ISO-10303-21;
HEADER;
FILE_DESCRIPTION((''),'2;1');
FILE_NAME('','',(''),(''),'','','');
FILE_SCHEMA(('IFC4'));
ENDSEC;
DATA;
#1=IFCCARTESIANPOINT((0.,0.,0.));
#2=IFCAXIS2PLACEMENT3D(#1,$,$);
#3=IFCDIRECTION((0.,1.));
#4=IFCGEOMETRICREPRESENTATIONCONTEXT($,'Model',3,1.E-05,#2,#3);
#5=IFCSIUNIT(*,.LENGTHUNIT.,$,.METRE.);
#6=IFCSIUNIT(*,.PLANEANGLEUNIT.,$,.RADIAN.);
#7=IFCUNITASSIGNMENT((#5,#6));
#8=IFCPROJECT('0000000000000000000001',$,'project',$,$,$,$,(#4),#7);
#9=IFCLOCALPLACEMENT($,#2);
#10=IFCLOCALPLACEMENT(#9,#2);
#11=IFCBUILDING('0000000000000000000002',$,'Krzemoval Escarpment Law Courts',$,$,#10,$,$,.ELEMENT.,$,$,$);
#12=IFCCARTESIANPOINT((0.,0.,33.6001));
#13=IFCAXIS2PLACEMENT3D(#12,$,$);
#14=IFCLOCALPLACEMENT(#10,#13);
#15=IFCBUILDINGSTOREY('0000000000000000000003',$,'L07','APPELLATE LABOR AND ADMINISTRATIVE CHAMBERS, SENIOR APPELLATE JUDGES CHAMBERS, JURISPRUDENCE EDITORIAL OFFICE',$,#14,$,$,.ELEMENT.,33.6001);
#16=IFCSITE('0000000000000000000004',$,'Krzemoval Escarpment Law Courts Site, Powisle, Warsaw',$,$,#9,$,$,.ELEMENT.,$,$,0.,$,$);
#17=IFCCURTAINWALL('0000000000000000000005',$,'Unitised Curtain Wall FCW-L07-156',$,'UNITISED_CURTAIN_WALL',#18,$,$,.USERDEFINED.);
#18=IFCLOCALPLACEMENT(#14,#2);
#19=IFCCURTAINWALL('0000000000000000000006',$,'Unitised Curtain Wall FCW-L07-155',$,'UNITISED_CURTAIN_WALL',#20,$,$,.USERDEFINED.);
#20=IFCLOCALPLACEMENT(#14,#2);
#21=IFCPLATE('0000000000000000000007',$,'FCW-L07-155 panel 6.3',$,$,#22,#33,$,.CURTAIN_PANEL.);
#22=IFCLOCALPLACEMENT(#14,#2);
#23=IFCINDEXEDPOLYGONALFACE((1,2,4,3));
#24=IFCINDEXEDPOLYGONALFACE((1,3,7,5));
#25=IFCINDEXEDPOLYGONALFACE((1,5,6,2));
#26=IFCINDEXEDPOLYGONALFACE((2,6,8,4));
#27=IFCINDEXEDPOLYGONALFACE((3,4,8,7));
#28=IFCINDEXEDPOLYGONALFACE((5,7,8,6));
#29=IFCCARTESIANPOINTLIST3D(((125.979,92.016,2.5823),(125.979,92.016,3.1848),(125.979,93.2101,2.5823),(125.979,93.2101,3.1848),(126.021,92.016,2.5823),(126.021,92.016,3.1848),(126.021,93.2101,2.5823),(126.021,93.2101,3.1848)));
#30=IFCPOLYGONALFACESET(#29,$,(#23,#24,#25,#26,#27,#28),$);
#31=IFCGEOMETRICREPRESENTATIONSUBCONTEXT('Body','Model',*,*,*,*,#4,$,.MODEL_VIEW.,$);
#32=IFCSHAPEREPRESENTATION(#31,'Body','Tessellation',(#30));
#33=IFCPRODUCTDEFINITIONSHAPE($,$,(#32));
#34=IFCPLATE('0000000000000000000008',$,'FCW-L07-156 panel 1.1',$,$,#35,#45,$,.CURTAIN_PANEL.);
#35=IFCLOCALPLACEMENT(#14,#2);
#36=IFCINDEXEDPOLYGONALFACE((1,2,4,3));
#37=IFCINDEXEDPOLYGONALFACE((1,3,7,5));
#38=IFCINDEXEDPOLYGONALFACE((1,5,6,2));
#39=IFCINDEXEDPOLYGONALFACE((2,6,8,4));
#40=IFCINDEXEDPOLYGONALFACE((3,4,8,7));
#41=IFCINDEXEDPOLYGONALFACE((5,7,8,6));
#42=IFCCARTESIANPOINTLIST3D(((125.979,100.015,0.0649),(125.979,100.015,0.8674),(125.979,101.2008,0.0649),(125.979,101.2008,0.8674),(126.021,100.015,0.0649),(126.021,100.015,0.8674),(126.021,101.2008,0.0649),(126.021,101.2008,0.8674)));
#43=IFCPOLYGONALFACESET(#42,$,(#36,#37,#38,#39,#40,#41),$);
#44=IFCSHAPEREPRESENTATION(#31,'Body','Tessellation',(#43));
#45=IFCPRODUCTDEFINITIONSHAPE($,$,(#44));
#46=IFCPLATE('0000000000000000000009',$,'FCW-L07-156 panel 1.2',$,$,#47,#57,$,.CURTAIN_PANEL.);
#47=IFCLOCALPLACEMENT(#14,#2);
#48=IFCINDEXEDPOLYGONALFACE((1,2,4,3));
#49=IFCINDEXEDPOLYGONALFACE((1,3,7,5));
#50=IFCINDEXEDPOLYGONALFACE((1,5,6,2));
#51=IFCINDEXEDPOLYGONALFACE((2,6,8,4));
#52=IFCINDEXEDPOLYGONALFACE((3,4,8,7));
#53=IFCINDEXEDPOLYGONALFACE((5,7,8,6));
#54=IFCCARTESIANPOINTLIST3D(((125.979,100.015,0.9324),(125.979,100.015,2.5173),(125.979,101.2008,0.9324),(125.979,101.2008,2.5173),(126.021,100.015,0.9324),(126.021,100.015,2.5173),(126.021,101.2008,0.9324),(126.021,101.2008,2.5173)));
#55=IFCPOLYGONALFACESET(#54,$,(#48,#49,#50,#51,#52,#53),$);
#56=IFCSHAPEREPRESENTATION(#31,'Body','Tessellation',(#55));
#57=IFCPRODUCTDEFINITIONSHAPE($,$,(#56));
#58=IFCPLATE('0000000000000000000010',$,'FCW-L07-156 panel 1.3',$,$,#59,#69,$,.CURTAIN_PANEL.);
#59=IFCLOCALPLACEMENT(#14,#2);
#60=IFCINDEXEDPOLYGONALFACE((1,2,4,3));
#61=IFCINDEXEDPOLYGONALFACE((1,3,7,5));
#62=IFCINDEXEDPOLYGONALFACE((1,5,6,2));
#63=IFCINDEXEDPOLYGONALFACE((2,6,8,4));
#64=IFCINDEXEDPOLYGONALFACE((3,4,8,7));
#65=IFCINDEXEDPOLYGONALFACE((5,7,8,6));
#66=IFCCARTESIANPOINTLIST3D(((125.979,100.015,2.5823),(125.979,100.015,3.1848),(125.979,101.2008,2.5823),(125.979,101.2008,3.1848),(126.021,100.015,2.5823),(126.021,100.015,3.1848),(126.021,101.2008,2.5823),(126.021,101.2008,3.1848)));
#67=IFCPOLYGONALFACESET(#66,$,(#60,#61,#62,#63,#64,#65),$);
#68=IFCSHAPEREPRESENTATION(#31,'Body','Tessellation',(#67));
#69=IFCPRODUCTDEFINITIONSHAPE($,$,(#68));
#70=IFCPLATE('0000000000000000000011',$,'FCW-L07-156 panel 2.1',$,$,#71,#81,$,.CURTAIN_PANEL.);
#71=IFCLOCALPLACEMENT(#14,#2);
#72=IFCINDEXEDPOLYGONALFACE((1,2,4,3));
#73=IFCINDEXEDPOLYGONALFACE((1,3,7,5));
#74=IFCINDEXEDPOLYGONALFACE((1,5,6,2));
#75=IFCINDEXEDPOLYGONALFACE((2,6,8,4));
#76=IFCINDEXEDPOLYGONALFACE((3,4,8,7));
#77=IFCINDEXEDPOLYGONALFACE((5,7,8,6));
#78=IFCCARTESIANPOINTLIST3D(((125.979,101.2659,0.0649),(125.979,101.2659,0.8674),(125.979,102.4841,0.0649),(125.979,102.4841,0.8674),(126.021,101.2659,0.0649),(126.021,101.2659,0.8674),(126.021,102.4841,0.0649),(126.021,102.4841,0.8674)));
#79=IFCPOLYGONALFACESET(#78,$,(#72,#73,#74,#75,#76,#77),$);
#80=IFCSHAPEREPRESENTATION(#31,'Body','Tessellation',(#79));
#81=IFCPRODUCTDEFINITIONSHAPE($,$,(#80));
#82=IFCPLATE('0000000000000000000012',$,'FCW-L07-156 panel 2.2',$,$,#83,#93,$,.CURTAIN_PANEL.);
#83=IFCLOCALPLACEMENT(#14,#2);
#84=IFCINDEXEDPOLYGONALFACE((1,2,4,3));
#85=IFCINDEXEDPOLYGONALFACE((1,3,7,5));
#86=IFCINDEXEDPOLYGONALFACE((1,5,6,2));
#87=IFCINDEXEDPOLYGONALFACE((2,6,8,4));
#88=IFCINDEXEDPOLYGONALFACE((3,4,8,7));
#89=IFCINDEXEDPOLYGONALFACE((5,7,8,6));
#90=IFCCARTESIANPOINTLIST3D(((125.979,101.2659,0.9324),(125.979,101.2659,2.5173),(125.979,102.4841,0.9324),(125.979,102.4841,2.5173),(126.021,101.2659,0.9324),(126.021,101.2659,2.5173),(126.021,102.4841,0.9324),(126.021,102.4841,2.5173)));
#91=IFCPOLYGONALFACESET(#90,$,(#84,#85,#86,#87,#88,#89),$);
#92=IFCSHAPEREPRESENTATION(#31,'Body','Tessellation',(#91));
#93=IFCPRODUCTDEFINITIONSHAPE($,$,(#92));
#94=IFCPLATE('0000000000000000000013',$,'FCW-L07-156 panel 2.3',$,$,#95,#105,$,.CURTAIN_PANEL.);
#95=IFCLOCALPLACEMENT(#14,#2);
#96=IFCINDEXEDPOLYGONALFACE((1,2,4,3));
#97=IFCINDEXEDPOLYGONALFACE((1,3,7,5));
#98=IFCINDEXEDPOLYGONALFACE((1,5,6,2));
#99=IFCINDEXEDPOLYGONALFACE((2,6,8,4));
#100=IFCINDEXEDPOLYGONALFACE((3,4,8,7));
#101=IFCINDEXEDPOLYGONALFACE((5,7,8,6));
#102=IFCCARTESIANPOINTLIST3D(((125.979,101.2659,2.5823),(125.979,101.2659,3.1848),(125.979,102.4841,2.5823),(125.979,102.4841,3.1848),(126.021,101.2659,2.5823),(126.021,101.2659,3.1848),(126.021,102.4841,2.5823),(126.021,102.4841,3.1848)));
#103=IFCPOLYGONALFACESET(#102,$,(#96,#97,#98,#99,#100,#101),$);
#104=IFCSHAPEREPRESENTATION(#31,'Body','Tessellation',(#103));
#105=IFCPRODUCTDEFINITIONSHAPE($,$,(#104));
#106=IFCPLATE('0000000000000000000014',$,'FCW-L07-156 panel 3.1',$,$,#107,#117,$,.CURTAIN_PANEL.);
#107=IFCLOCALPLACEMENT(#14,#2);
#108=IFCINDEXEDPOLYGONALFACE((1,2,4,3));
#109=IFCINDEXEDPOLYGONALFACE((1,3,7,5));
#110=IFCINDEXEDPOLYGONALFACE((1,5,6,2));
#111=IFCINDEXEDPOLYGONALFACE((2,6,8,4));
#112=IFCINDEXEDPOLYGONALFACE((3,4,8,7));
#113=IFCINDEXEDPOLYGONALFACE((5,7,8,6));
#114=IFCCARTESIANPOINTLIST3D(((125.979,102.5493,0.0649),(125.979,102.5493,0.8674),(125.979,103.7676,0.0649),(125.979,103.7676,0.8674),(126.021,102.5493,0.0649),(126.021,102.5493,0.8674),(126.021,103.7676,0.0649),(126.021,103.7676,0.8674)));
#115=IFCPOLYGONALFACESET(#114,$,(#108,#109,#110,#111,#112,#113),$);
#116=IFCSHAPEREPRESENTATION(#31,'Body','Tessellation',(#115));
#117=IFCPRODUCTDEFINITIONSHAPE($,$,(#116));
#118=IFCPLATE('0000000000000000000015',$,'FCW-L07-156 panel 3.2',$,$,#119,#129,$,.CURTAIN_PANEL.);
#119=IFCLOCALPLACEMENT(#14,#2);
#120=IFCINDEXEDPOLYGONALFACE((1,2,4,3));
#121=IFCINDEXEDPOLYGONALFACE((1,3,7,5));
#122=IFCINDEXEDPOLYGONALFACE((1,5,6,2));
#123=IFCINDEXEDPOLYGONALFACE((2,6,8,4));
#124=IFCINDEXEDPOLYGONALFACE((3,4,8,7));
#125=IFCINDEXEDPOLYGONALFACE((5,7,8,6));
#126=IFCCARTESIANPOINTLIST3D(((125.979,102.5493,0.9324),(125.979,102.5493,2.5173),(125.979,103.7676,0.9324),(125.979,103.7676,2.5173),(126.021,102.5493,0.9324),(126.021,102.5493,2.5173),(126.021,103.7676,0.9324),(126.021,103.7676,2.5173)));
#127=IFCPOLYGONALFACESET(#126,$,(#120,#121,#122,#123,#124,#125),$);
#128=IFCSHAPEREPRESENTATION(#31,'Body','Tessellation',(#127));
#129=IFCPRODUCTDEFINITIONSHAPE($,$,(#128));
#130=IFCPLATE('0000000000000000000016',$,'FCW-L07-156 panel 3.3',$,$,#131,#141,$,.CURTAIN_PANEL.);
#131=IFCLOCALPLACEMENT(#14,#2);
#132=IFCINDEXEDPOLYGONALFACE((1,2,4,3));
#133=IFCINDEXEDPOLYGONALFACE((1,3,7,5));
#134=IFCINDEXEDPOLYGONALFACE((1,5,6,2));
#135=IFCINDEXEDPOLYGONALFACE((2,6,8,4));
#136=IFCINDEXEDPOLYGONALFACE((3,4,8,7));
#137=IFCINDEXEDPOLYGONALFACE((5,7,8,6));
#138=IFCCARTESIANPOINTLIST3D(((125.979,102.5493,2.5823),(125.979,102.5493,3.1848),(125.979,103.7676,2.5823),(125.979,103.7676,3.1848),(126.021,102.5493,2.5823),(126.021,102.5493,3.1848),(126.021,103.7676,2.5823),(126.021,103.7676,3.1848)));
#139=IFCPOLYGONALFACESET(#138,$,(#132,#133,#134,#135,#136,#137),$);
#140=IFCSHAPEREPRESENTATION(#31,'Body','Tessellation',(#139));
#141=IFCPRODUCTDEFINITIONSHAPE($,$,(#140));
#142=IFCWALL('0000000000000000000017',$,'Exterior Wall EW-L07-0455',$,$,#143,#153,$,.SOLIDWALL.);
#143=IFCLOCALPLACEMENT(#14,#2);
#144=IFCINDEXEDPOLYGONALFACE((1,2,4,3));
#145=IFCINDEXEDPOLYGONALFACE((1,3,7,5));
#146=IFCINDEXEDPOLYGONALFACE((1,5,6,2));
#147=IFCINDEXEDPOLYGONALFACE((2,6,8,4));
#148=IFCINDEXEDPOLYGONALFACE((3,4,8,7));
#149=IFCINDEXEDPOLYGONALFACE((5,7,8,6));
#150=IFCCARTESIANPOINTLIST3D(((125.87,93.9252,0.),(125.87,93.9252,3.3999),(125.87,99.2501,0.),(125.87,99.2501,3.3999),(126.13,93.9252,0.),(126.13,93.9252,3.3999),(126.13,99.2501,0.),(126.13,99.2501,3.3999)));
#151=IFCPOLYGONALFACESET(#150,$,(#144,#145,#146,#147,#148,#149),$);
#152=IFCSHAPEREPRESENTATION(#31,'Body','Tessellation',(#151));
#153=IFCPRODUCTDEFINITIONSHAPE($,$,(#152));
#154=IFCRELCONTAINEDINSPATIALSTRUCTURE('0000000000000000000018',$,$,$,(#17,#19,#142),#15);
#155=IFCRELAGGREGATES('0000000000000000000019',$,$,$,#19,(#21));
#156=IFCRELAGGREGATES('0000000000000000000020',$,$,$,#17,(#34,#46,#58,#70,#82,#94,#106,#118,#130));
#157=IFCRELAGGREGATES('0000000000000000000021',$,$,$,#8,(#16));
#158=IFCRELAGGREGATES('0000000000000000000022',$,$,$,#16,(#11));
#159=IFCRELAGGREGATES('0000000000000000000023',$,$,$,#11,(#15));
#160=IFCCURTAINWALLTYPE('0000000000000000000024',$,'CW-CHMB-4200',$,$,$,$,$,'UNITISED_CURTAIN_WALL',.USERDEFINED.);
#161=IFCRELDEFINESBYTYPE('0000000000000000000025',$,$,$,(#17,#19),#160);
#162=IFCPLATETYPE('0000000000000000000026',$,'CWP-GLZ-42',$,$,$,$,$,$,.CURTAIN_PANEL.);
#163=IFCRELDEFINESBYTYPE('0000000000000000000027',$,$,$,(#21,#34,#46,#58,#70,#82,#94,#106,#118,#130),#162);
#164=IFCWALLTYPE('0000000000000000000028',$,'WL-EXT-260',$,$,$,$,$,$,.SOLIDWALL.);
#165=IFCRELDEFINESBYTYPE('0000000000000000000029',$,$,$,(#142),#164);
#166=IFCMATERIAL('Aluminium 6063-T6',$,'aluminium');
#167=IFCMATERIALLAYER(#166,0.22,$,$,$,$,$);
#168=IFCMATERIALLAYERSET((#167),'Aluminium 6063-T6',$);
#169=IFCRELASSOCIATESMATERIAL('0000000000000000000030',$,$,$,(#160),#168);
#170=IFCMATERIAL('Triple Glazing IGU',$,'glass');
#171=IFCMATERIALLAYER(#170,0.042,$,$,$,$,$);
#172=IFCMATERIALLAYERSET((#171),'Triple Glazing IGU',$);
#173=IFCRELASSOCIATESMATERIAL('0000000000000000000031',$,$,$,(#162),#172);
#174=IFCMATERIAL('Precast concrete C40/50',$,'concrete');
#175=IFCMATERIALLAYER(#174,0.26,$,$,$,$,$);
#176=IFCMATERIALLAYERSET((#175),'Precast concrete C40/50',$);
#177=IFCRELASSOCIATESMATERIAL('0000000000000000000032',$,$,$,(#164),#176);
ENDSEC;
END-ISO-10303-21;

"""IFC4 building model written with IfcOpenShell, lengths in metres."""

from ifc_helpers import new_model, si_unit, direction, frame, frame_2d, origin, origin_2d, place, context, subcontext, project, spatial, rectangle, extrude, material, layer, layer_set, type_object, element, aggregate, save


model = new_model("IFC4")

# Units and contexts
model_context = context("Model", 3, precision=1e-05, world=origin(), true_north=direction((0.0, 1.0)))
body_context = subcontext(model_context, "Body", "Model", "MODEL_VIEW")
ifc_project = project(units=[si_unit("LENGTHUNIT", "METRE"), si_unit("PLANEANGLEUNIT", "RADIAN")], contexts=[model_context])

# Site, building, storey
site_placement = place(None, origin())
site = spatial("IfcSite", under=ifc_project, at=site_placement, Name="Krzemoval Escarpment Law Courts Site, Powisle, Warsaw", CompositionType="ELEMENT", RefElevation=0.0)
building_placement = place(site_placement, origin())
building = spatial("IfcBuilding", under=site, at=building_placement, Name="Krzemoval Escarpment Law Courts", CompositionType="ELEMENT")
storey_placement = place(building_placement, frame((0.0, 0.0, 33.6001)))
storey = spatial("IfcBuildingStorey", under=building, at=storey_placement, Name="L07", Description="APPELLATE LABOR AND ADMINISTRATIVE CHAMBERS, SENIOR APPELLATE JUDGES CHAMBERS, JURISPRUDENCE EDITORIAL OFFICE", CompositionType="ELEMENT", Elevation=33.6001)

# Curtain wall
ifc_material_1 = material(Name="Aluminium 6063-T6", Category="aluminium")
ifc_layer_1 = layer(ifc_material_1, 0.22)
ifc_layer_set_1 = layer_set([ifc_layer_1], Name="Aluminium 6063-T6")
curtain_wall_type = type_object("IfcCurtainWallType", Name="CW-CHMB-4200", ElementType="UNITISED_CURTAIN_WALL", PredefinedType="USERDEFINED", material=ifc_layer_set_1)
curtain_wall_1_placement = place(storey_placement, origin())
curtain_wall_1 = element("IfcCurtainWall", 1, at=curtain_wall_1_placement, inside=storey, type_object=curtain_wall_type, Name="Unitised Curtain Wall FCW-L07-156", ObjectType="UNITISED_CURTAIN_WALL", PredefinedType="USERDEFINED")

# Curtain wall, plate
curtain_wall_2_placement = place(storey_placement, origin())
curtain_wall_2 = element("IfcCurtainWall", 2, at=curtain_wall_2_placement, inside=storey, type_object=curtain_wall_type, Name="Unitised Curtain Wall FCW-L07-155", ObjectType="UNITISED_CURTAIN_WALL", PredefinedType="USERDEFINED")
ifc_material_2 = material(Name="Triple Glazing IGU", Category="glass")
ifc_layer_2 = layer(ifc_material_2, 0.042)
ifc_layer_set_2 = layer_set([ifc_layer_2], Name="Triple Glazing IGU")
plate_type = type_object("IfcPlateType", Name="CWP-GLZ-42", PredefinedType="CURTAIN_PANEL", material=ifc_layer_set_2)
plate_1_placement = place(storey_placement, frame((126.0, 92.613, 2.5823), z_axis=(0.0, 0.0, 1.0), x_axis=(0.0, 1.0, 0.0)))
plate_1 = element("IfcPlate", 3, at=plate_1_placement, type_object=plate_type, Name="FCW-L07-155 panel 6.3", PredefinedType="CURTAIN_PANEL", context=body_context, shape_type="SweptSolid", body=[
    extrude(rectangle(XDim=1.1941, YDim=0.042, at=origin_2d()), origin(), (0.0, 0.0, 1.0), 0.6025),
])
aggregate(curtain_wall_2, [plate_1])

# Plates
plate_2_placement = place(storey_placement, frame((126.0, 100.6079, 0.0649), z_axis=(0.0, 0.0, 1.0), x_axis=(0.0, 1.0, 0.0)))
plate_2 = element("IfcPlate", 4, at=plate_2_placement, type_object=plate_type, Name="FCW-L07-156 panel 1.1", PredefinedType="CURTAIN_PANEL", context=body_context, shape_type="SweptSolid", body=[
    extrude(rectangle(XDim=1.1858, YDim=0.042, at=origin_2d()), origin(), (0.0, 0.0, 1.0), 0.8025),
])
plate_3_placement = place(storey_placement, frame((126.0, 100.6079, 0.9324), z_axis=(0.0, 0.0, 1.0), x_axis=(0.0, 1.0, 0.0)))
plate_3 = element("IfcPlate", 5, at=plate_3_placement, type_object=plate_type, Name="FCW-L07-156 panel 1.2", PredefinedType="CURTAIN_PANEL", context=body_context, shape_type="SweptSolid", body=[
    extrude(rectangle(XDim=1.1858, YDim=0.042, at=origin_2d()), origin(), (0.0, 0.0, 1.0), 1.585),
])
plate_4_placement = place(storey_placement, frame((126.0, 100.6079, 2.5823), z_axis=(0.0, 0.0, 1.0), x_axis=(0.0, 1.0, 0.0)))
plate_4 = element("IfcPlate", 6, at=plate_4_placement, type_object=plate_type, Name="FCW-L07-156 panel 1.3", PredefinedType="CURTAIN_PANEL", context=body_context, shape_type="SweptSolid", body=[
    extrude(rectangle(XDim=1.1858, YDim=0.042, at=origin_2d()), origin(), (0.0, 0.0, 1.0), 0.6025),
])
plate_5_placement = place(storey_placement, frame((126.0, 101.875, 0.0649), z_axis=(0.0, 0.0, 1.0), x_axis=(0.0, 1.0, 0.0)))
plate_5 = element("IfcPlate", 7, at=plate_5_placement, type_object=plate_type, Name="FCW-L07-156 panel 2.1", PredefinedType="CURTAIN_PANEL", context=body_context, shape_type="SweptSolid", body=[
    extrude(rectangle(XDim=1.2183, YDim=0.042, at=origin_2d()), origin(), (0.0, 0.0, 1.0), 0.8025),
])
plate_6_placement = place(storey_placement, frame((126.0, 101.875, 0.9324), z_axis=(0.0, 0.0, 1.0), x_axis=(0.0, 1.0, 0.0)))
plate_6 = element("IfcPlate", 8, at=plate_6_placement, type_object=plate_type, Name="FCW-L07-156 panel 2.2", PredefinedType="CURTAIN_PANEL", context=body_context, shape_type="SweptSolid", body=[
    extrude(rectangle(XDim=1.2183, YDim=0.042, at=origin_2d()), origin(), (0.0, 0.0, 1.0), 1.585),
])
plate_7_placement = place(storey_placement, frame((126.0, 101.875, 2.5823), z_axis=(0.0, 0.0, 1.0), x_axis=(0.0, 1.0, 0.0)))
plate_7 = element("IfcPlate", 9, at=plate_7_placement, type_object=plate_type, Name="FCW-L07-156 panel 2.3", PredefinedType="CURTAIN_PANEL", context=body_context, shape_type="SweptSolid", body=[
    extrude(rectangle(XDim=1.2183, YDim=0.042, at=origin_2d()), origin(), (0.0, 0.0, 1.0), 0.6025),
])
plate_8_placement = place(storey_placement, frame((126.0, 103.1584, 0.0649), z_axis=(0.0, 0.0, 1.0), x_axis=(0.0, 1.0, 0.0)))
plate_8 = element("IfcPlate", 10, at=plate_8_placement, type_object=plate_type, Name="FCW-L07-156 panel 3.1", PredefinedType="CURTAIN_PANEL", context=body_context, shape_type="SweptSolid", body=[
    extrude(rectangle(XDim=1.2183, YDim=0.042, at=origin_2d()), origin(), (0.0, 0.0, 1.0), 0.8025),
])
plate_9_placement = place(storey_placement, frame((126.0, 103.1584, 0.9324), z_axis=(0.0, 0.0, 1.0), x_axis=(0.0, 1.0, 0.0)))
plate_9 = element("IfcPlate", 11, at=plate_9_placement, type_object=plate_type, Name="FCW-L07-156 panel 3.2", PredefinedType="CURTAIN_PANEL", context=body_context, shape_type="SweptSolid", body=[
    extrude(rectangle(XDim=1.2183, YDim=0.042, at=origin_2d()), origin(), (0.0, 0.0, 1.0), 1.585),
])
plate_10_placement = place(storey_placement, frame((126.0, 103.1584, 2.5823), z_axis=(0.0, 0.0, 1.0), x_axis=(0.0, 1.0, 0.0)))
plate_10 = element("IfcPlate", 12, at=plate_10_placement, type_object=plate_type, Name="FCW-L07-156 panel 3.3", PredefinedType="CURTAIN_PANEL", context=body_context, shape_type="SweptSolid", body=[
    extrude(rectangle(XDim=1.2183, YDim=0.042, at=origin_2d()), origin(), (0.0, 0.0, 1.0), 0.6025),
])
aggregate(curtain_wall_1, [plate_2, plate_3, plate_4, plate_5, plate_6, plate_7, plate_8, plate_9, plate_10])

# Wall
ifc_material_3 = material(Name="Precast concrete C40/50", Category="concrete")
ifc_layer_3 = layer(ifc_material_3, 0.26)
ifc_layer_set_3 = layer_set([ifc_layer_3], Name="Precast concrete C40/50")
wall_type = type_object("IfcWallType", Name="WL-EXT-260", PredefinedType="SOLIDWALL", material=ifc_layer_set_3)
wall_placement = place(storey_placement, frame((126.0, 93.925, 0.0), z_axis=(0.0, 0.0, 1.0), x_axis=(0.0, 1.0, 0.0)))
element("IfcWall", 13, at=wall_placement, inside=storey, type_object=wall_type, Name="Exterior Wall EW-L07-0455", PredefinedType="SOLIDWALL", context=body_context, shape_type="SweptSolid", body=[
    extrude(rectangle(XDim=5.325, YDim=0.26, at=frame_2d((2.6626, 0.0))), origin(), (0.0, 0.0, 1.0), 3.3999),
])

save(model, "model.ifc")
